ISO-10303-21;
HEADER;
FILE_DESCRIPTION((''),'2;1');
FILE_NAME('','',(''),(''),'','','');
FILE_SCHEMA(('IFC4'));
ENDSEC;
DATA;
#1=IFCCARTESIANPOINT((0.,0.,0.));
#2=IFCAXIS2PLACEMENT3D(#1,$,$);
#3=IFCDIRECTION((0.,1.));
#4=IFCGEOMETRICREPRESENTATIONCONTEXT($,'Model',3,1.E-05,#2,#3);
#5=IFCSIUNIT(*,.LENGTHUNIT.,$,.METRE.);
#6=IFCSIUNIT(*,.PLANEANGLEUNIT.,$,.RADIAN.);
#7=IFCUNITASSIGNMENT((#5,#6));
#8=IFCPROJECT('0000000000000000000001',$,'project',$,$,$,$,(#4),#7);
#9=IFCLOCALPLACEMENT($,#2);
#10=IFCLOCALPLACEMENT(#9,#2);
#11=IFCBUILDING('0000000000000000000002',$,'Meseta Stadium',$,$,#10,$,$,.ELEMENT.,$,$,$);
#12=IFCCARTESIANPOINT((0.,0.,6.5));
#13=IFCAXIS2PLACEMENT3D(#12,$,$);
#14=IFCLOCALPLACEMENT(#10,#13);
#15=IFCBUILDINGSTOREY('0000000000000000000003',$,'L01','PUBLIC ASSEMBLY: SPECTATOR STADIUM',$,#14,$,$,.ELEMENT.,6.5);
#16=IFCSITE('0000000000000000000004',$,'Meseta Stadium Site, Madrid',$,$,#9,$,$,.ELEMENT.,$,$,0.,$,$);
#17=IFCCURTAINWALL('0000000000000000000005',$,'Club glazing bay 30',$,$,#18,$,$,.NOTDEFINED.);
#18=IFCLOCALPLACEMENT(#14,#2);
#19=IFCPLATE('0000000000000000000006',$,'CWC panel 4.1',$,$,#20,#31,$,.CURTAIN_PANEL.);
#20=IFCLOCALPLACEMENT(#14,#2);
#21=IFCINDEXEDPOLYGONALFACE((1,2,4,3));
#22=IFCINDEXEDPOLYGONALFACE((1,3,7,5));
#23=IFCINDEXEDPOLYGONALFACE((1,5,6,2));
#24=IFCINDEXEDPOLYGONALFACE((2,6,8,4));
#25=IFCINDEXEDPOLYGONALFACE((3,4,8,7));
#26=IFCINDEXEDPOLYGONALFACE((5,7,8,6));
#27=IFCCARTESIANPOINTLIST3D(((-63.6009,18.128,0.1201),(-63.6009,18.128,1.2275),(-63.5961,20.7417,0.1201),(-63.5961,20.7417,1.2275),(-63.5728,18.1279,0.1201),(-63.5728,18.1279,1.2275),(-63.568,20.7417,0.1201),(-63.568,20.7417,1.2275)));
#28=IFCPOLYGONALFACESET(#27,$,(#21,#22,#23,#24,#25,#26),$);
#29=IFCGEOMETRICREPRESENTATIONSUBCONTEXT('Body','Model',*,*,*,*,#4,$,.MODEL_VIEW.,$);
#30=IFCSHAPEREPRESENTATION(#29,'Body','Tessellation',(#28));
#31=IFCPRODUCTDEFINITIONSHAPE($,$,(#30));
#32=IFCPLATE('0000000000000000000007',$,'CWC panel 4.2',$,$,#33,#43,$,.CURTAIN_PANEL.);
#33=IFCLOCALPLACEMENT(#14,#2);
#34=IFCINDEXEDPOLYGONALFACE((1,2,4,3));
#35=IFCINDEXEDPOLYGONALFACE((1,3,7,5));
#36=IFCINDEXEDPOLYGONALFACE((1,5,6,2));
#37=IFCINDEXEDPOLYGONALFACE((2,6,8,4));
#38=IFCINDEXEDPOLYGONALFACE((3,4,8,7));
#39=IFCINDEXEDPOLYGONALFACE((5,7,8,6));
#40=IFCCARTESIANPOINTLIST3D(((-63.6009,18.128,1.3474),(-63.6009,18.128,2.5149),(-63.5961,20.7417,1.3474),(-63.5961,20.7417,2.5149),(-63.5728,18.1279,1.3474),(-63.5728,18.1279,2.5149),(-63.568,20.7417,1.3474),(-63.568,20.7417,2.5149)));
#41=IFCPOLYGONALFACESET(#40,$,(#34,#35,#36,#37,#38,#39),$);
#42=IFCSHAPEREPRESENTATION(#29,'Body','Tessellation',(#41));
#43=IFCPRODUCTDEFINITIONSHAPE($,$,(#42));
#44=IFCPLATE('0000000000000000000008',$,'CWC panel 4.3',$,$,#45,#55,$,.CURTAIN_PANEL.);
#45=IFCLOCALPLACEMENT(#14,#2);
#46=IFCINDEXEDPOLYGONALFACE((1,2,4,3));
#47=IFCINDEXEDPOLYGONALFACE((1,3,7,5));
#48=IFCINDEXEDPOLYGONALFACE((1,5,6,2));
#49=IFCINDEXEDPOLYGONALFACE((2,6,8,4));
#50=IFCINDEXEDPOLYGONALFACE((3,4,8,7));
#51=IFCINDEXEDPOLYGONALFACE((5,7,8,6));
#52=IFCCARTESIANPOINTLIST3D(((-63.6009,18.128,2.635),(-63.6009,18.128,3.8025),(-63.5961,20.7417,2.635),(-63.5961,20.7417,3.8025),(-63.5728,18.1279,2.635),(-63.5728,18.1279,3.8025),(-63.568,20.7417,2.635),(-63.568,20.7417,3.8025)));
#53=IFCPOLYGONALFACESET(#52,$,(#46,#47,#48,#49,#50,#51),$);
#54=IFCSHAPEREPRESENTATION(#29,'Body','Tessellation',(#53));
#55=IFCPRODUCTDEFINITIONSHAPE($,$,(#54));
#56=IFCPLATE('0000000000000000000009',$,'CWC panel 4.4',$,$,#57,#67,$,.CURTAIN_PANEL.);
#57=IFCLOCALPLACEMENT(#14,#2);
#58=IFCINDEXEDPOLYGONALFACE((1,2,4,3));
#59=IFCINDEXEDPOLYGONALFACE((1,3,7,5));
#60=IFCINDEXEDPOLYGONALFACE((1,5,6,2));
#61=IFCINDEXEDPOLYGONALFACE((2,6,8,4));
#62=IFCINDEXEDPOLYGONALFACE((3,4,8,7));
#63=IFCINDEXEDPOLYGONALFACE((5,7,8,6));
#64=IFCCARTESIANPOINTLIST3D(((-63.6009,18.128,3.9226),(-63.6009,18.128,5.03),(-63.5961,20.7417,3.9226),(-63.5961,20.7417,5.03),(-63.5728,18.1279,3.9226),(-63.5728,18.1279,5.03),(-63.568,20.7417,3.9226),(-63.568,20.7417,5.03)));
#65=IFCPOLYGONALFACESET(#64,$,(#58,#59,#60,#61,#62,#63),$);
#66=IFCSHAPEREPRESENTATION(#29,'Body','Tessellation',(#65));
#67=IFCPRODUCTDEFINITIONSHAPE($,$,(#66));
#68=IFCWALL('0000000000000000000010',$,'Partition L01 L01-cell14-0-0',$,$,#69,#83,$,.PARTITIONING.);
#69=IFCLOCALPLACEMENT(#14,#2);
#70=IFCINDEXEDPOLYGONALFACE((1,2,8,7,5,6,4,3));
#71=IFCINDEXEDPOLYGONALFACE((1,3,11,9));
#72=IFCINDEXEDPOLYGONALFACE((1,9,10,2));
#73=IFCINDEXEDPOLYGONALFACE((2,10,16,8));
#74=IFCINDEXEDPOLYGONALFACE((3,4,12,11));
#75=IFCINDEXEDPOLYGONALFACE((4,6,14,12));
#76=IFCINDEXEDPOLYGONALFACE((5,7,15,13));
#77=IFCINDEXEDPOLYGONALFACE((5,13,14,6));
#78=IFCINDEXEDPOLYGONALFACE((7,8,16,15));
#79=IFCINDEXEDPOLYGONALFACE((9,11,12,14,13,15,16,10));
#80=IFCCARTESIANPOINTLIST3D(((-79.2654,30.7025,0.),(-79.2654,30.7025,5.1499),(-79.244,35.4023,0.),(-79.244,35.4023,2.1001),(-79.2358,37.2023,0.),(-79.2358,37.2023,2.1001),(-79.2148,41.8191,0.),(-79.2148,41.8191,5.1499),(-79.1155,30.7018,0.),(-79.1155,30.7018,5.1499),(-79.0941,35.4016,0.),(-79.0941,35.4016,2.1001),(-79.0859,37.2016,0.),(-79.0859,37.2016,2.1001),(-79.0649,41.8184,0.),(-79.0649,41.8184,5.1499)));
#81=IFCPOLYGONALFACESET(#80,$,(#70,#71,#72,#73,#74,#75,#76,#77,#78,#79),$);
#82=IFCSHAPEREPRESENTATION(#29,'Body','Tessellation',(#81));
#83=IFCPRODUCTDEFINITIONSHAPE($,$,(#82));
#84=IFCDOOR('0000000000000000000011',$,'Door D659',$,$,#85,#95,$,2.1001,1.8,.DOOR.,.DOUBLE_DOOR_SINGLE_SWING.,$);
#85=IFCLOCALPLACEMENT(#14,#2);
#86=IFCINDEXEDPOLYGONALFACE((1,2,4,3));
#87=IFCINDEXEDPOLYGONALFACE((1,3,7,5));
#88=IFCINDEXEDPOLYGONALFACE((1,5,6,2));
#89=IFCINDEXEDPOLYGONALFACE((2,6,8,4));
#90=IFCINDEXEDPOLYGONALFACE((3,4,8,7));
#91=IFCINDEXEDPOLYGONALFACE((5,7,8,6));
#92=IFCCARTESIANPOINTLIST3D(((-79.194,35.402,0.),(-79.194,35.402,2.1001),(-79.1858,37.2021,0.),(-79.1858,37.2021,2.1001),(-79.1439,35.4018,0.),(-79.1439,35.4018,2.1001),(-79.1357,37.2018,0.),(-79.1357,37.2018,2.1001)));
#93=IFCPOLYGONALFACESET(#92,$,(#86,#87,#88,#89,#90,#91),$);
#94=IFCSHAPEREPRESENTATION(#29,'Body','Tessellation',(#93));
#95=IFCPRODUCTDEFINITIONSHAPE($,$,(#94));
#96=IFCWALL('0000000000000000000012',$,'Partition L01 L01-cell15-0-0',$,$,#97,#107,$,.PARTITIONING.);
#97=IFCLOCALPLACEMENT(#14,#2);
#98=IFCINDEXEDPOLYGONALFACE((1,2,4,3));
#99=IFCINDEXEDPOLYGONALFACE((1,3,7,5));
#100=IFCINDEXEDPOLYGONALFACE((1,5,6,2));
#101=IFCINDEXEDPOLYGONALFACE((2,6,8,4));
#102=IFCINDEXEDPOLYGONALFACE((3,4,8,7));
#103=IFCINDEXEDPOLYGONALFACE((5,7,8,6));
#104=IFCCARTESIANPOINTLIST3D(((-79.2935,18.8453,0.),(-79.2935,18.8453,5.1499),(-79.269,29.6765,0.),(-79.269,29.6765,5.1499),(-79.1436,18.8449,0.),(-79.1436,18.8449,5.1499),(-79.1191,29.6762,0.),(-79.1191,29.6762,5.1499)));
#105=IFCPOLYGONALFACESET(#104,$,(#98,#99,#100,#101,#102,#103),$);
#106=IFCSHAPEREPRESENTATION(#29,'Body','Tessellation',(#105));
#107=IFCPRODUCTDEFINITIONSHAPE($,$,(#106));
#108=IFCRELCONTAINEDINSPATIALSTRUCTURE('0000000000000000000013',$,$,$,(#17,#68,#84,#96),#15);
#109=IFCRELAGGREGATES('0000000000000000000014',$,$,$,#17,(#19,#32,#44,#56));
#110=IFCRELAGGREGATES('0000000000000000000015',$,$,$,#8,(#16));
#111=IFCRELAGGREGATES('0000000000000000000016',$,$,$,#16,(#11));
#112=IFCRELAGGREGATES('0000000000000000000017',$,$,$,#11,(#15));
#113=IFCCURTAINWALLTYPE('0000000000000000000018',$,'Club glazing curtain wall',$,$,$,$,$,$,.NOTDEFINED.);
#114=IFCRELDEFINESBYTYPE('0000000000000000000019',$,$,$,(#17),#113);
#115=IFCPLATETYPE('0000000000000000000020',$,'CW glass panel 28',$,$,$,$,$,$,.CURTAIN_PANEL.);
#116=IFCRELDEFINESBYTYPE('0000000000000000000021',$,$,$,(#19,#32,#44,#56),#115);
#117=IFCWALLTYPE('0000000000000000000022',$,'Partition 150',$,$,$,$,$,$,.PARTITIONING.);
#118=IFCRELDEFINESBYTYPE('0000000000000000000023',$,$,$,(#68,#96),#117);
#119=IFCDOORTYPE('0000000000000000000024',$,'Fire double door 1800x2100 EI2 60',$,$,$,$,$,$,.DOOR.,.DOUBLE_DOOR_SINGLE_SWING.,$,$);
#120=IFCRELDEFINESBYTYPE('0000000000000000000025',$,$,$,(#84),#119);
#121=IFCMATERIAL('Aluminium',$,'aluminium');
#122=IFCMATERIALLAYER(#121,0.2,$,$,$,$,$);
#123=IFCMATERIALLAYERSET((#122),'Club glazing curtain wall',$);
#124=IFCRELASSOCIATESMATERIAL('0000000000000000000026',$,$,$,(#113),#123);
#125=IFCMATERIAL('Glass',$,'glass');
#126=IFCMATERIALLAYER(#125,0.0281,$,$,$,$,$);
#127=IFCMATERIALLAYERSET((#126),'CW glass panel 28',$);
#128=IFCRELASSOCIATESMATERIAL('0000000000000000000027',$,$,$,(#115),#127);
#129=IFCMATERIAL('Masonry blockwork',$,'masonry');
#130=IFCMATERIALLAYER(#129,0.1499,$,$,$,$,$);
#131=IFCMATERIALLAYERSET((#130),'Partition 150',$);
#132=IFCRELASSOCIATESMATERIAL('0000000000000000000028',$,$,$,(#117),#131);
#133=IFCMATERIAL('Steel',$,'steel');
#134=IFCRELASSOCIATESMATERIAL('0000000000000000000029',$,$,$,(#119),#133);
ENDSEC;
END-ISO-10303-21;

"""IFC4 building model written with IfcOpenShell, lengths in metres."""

from ifc_helpers import new_model, si_unit, direction, frame, frame_2d, origin, origin_2d, place, context, subcontext, project, spatial, rectangle, extrude, material, layer, layer_set, type_object, element, fill, aggregate, save


model = new_model("IFC4")

# Units and contexts
model_context = context("Model", 3, precision=1e-05, world=origin(), true_north=direction((0.0, 1.0)))
body_context = subcontext(model_context, "Body", "Model", "MODEL_VIEW")
ifc_project = project(units=[si_unit("LENGTHUNIT", "METRE"), si_unit("PLANEANGLEUNIT", "RADIAN")], contexts=[model_context])

# Site, building, storey
site_placement = place(None, origin())
site = spatial("IfcSite", under=ifc_project, at=site_placement, Name="Meseta Stadium Site, Madrid", CompositionType="ELEMENT", RefElevation=0.0)
building_placement = place(site_placement, origin())
building = spatial("IfcBuilding", under=site, at=building_placement, Name="Meseta Stadium", CompositionType="ELEMENT")
storey_placement = place(building_placement, frame((0.0, 0.0, 6.5)))
storey = spatial("IfcBuildingStorey", under=building, at=storey_placement, Name="L01", Description="PUBLIC ASSEMBLY: SPECTATOR STADIUM", CompositionType="ELEMENT", Elevation=6.5)

# Curtain wall
ifc_material_1 = material(Name="Aluminium", Category="aluminium")
ifc_layer_1 = layer(ifc_material_1, 0.2)
ifc_layer_set_1 = layer_set([ifc_layer_1], Name="Club glazing curtain wall")
curtain_wall_type = type_object("IfcCurtainWallType", Name="Club glazing curtain wall", PredefinedType="NOTDEFINED", material=ifc_layer_set_1)
curtain_wall_1_placement = place(storey_placement, origin())
curtain_wall_1 = element("IfcCurtainWall", 1, at=curtain_wall_1_placement, inside=storey, type_object=curtain_wall_type, Name="Club glazing bay 30", PredefinedType="NOTDEFINED")

# Plates
ifc_material_2 = material(Name="Glass", Category="glass")
ifc_layer_2 = layer(ifc_material_2, 0.0281)
ifc_layer_set_2 = layer_set([ifc_layer_2], Name="CW glass panel 28")
plate_type = type_object("IfcPlateType", Name="CW glass panel 28", PredefinedType="CURTAIN_PANEL", material=ifc_layer_set_2)
plate_1_placement = place(storey_placement, frame((-63.5845, 19.4348, 0.1201), z_axis=(0.0, 0.0, 1.0), x_axis=(-0.001845, -0.999998, 0.0)))
plate_1 = element("IfcPlate", 2, at=plate_1_placement, type_object=plate_type, Name="CWC panel 4.1", PredefinedType="CURTAIN_PANEL", context=body_context, shape_type="SweptSolid", body=[
    extrude(rectangle(XDim=2.6138, YDim=0.0281, at=origin_2d()), origin(), (0.0, 0.0, 1.0), 1.1074),
])
plate_2_placement = place(storey_placement, frame((-63.5845, 19.4348, 1.3474), z_axis=(0.0, 0.0, 1.0), x_axis=(-0.001845, -0.999998, 0.0)))
plate_2 = element("IfcPlate", 3, at=plate_2_placement, type_object=plate_type, Name="CWC panel 4.2", PredefinedType="CURTAIN_PANEL", context=body_context, shape_type="SweptSolid", body=[
    extrude(rectangle(XDim=2.6138, YDim=0.0281, at=origin_2d()), origin(), (0.0, 0.0, 1.0), 1.1675),
])
plate_3_placement = place(storey_placement, frame((-63.5845, 19.4348, 2.635), z_axis=(0.0, 0.0, 1.0), x_axis=(-0.001845, -0.999998, 0.0)))
plate_3 = element("IfcPlate", 4, at=plate_3_placement, type_object=plate_type, Name="CWC panel 4.3", PredefinedType="CURTAIN_PANEL", context=body_context, shape_type="SweptSolid", body=[
    extrude(rectangle(XDim=2.6138, YDim=0.0281, at=origin_2d()), origin(), (0.0, 0.0, 1.0), 1.1675),
])
plate_4_placement = place(storey_placement, frame((-63.5845, 19.4348, 3.9226), z_axis=(0.0, 0.0, 1.0), x_axis=(-0.001845, -0.999998, 0.0)))
plate_4 = element("IfcPlate", 5, at=plate_4_placement, type_object=plate_type, Name="CWC panel 4.4", PredefinedType="CURTAIN_PANEL", context=body_context, shape_type="SweptSolid", body=[
    extrude(rectangle(XDim=2.6138, YDim=0.0281, at=origin_2d()), origin(), (0.0, 0.0, 1.0), 1.1074),
])
aggregate(curtain_wall_1, [plate_1, plate_2, plate_3, plate_4])

# Wall, opening, door
ifc_material_3 = material(Name="Masonry blockwork", Category="masonry")
ifc_layer_3 = layer(ifc_material_3, 0.1499)
ifc_layer_set_3 = layer_set([ifc_layer_3], Name="Partition 150")
wall_type = type_object("IfcWallType", Name="Partition 150", PredefinedType="PARTITIONING", material=ifc_layer_set_3)
wall_1_placement = place(storey_placement, frame((-79.1904, 30.7021, 0.0), z_axis=(0.0, 0.0, 1.0), x_axis=(0.004546, 0.99999, 0.0)))
wall_1 = element("IfcWall", 6, at=wall_1_placement, inside=storey, type_object=wall_type, Name="Partition L01 L01-cell14-0-0", PredefinedType="PARTITIONING", context=body_context, shape_type="SweptSolid", body=[
    extrude(rectangle(XDim=11.1167, YDim=0.1499, at=frame_2d((5.5583, 0.0))), origin(), (0.0, 0.0, 1.0), 5.1499),
])
opening_placement = place(wall_1_placement, frame((4.7, 0.0, 0.0)))
opening = element("IfcOpeningElement", 7, at=opening_placement, cuts=wall_1, PredefinedType="OPENING", context=body_context, shape_type="SweptSolid", body=[
    extrude(rectangle(XDim=1.8, YDim=2.1001, at=frame_2d((0.8999, 1.05))), frame((0.0, 0.085, 0.0), z_axis=(0.0, -1.0, 0.0), x_axis=(1.0, 0.0, 0.0)), (0.0, 0.0, 1.0), 0.1699),
])
ifc_material_4 = material(Name="Steel", Category="steel")
door_type = type_object("IfcDoorType", Name="Fire double door 1800x2100 EI2 60", OperationType="DOUBLE_DOOR_SINGLE_SWING", PredefinedType="DOOR", material=ifc_material_4)
door_placement = place(opening_placement, origin())
door = element("IfcDoor", 8, at=door_placement, inside=storey, type_object=door_type, Name="Door D659", OperationType="DOUBLE_DOOR_SINGLE_SWING", OverallHeight=2.1001, OverallWidth=1.8, PredefinedType="DOOR", context=body_context, shape_type="SweptSolid", body=[
    extrude(rectangle(XDim=1.8, YDim=2.1001, at=frame_2d((0.8999, 1.05))), frame((0.0, 0.0249, 0.0), z_axis=(0.0, -1.0, 0.0), x_axis=(1.0, 0.0, 0.0)), (0.0, 0.0, 1.0), 0.05),
])
fill(opening, door)

# Wall
wall_2_placement = place(storey_placement, frame((-79.2185, 18.8452, 0.0), z_axis=(0.0, 0.0, 1.0), x_axis=(0.002254, 0.999997, 0.0)))
element("IfcWall", 9, at=wall_2_placement, inside=storey, type_object=wall_type, Name="Partition L01 L01-cell15-0-0", PredefinedType="PARTITIONING", context=body_context, shape_type="SweptSolid", body=[
    extrude(rectangle(XDim=10.8313, YDim=0.1499, at=frame_2d((5.4155, 0.0))), origin(), (0.0, 0.0, 1.0), 5.1499),
])

save(model, "model.ifc")
